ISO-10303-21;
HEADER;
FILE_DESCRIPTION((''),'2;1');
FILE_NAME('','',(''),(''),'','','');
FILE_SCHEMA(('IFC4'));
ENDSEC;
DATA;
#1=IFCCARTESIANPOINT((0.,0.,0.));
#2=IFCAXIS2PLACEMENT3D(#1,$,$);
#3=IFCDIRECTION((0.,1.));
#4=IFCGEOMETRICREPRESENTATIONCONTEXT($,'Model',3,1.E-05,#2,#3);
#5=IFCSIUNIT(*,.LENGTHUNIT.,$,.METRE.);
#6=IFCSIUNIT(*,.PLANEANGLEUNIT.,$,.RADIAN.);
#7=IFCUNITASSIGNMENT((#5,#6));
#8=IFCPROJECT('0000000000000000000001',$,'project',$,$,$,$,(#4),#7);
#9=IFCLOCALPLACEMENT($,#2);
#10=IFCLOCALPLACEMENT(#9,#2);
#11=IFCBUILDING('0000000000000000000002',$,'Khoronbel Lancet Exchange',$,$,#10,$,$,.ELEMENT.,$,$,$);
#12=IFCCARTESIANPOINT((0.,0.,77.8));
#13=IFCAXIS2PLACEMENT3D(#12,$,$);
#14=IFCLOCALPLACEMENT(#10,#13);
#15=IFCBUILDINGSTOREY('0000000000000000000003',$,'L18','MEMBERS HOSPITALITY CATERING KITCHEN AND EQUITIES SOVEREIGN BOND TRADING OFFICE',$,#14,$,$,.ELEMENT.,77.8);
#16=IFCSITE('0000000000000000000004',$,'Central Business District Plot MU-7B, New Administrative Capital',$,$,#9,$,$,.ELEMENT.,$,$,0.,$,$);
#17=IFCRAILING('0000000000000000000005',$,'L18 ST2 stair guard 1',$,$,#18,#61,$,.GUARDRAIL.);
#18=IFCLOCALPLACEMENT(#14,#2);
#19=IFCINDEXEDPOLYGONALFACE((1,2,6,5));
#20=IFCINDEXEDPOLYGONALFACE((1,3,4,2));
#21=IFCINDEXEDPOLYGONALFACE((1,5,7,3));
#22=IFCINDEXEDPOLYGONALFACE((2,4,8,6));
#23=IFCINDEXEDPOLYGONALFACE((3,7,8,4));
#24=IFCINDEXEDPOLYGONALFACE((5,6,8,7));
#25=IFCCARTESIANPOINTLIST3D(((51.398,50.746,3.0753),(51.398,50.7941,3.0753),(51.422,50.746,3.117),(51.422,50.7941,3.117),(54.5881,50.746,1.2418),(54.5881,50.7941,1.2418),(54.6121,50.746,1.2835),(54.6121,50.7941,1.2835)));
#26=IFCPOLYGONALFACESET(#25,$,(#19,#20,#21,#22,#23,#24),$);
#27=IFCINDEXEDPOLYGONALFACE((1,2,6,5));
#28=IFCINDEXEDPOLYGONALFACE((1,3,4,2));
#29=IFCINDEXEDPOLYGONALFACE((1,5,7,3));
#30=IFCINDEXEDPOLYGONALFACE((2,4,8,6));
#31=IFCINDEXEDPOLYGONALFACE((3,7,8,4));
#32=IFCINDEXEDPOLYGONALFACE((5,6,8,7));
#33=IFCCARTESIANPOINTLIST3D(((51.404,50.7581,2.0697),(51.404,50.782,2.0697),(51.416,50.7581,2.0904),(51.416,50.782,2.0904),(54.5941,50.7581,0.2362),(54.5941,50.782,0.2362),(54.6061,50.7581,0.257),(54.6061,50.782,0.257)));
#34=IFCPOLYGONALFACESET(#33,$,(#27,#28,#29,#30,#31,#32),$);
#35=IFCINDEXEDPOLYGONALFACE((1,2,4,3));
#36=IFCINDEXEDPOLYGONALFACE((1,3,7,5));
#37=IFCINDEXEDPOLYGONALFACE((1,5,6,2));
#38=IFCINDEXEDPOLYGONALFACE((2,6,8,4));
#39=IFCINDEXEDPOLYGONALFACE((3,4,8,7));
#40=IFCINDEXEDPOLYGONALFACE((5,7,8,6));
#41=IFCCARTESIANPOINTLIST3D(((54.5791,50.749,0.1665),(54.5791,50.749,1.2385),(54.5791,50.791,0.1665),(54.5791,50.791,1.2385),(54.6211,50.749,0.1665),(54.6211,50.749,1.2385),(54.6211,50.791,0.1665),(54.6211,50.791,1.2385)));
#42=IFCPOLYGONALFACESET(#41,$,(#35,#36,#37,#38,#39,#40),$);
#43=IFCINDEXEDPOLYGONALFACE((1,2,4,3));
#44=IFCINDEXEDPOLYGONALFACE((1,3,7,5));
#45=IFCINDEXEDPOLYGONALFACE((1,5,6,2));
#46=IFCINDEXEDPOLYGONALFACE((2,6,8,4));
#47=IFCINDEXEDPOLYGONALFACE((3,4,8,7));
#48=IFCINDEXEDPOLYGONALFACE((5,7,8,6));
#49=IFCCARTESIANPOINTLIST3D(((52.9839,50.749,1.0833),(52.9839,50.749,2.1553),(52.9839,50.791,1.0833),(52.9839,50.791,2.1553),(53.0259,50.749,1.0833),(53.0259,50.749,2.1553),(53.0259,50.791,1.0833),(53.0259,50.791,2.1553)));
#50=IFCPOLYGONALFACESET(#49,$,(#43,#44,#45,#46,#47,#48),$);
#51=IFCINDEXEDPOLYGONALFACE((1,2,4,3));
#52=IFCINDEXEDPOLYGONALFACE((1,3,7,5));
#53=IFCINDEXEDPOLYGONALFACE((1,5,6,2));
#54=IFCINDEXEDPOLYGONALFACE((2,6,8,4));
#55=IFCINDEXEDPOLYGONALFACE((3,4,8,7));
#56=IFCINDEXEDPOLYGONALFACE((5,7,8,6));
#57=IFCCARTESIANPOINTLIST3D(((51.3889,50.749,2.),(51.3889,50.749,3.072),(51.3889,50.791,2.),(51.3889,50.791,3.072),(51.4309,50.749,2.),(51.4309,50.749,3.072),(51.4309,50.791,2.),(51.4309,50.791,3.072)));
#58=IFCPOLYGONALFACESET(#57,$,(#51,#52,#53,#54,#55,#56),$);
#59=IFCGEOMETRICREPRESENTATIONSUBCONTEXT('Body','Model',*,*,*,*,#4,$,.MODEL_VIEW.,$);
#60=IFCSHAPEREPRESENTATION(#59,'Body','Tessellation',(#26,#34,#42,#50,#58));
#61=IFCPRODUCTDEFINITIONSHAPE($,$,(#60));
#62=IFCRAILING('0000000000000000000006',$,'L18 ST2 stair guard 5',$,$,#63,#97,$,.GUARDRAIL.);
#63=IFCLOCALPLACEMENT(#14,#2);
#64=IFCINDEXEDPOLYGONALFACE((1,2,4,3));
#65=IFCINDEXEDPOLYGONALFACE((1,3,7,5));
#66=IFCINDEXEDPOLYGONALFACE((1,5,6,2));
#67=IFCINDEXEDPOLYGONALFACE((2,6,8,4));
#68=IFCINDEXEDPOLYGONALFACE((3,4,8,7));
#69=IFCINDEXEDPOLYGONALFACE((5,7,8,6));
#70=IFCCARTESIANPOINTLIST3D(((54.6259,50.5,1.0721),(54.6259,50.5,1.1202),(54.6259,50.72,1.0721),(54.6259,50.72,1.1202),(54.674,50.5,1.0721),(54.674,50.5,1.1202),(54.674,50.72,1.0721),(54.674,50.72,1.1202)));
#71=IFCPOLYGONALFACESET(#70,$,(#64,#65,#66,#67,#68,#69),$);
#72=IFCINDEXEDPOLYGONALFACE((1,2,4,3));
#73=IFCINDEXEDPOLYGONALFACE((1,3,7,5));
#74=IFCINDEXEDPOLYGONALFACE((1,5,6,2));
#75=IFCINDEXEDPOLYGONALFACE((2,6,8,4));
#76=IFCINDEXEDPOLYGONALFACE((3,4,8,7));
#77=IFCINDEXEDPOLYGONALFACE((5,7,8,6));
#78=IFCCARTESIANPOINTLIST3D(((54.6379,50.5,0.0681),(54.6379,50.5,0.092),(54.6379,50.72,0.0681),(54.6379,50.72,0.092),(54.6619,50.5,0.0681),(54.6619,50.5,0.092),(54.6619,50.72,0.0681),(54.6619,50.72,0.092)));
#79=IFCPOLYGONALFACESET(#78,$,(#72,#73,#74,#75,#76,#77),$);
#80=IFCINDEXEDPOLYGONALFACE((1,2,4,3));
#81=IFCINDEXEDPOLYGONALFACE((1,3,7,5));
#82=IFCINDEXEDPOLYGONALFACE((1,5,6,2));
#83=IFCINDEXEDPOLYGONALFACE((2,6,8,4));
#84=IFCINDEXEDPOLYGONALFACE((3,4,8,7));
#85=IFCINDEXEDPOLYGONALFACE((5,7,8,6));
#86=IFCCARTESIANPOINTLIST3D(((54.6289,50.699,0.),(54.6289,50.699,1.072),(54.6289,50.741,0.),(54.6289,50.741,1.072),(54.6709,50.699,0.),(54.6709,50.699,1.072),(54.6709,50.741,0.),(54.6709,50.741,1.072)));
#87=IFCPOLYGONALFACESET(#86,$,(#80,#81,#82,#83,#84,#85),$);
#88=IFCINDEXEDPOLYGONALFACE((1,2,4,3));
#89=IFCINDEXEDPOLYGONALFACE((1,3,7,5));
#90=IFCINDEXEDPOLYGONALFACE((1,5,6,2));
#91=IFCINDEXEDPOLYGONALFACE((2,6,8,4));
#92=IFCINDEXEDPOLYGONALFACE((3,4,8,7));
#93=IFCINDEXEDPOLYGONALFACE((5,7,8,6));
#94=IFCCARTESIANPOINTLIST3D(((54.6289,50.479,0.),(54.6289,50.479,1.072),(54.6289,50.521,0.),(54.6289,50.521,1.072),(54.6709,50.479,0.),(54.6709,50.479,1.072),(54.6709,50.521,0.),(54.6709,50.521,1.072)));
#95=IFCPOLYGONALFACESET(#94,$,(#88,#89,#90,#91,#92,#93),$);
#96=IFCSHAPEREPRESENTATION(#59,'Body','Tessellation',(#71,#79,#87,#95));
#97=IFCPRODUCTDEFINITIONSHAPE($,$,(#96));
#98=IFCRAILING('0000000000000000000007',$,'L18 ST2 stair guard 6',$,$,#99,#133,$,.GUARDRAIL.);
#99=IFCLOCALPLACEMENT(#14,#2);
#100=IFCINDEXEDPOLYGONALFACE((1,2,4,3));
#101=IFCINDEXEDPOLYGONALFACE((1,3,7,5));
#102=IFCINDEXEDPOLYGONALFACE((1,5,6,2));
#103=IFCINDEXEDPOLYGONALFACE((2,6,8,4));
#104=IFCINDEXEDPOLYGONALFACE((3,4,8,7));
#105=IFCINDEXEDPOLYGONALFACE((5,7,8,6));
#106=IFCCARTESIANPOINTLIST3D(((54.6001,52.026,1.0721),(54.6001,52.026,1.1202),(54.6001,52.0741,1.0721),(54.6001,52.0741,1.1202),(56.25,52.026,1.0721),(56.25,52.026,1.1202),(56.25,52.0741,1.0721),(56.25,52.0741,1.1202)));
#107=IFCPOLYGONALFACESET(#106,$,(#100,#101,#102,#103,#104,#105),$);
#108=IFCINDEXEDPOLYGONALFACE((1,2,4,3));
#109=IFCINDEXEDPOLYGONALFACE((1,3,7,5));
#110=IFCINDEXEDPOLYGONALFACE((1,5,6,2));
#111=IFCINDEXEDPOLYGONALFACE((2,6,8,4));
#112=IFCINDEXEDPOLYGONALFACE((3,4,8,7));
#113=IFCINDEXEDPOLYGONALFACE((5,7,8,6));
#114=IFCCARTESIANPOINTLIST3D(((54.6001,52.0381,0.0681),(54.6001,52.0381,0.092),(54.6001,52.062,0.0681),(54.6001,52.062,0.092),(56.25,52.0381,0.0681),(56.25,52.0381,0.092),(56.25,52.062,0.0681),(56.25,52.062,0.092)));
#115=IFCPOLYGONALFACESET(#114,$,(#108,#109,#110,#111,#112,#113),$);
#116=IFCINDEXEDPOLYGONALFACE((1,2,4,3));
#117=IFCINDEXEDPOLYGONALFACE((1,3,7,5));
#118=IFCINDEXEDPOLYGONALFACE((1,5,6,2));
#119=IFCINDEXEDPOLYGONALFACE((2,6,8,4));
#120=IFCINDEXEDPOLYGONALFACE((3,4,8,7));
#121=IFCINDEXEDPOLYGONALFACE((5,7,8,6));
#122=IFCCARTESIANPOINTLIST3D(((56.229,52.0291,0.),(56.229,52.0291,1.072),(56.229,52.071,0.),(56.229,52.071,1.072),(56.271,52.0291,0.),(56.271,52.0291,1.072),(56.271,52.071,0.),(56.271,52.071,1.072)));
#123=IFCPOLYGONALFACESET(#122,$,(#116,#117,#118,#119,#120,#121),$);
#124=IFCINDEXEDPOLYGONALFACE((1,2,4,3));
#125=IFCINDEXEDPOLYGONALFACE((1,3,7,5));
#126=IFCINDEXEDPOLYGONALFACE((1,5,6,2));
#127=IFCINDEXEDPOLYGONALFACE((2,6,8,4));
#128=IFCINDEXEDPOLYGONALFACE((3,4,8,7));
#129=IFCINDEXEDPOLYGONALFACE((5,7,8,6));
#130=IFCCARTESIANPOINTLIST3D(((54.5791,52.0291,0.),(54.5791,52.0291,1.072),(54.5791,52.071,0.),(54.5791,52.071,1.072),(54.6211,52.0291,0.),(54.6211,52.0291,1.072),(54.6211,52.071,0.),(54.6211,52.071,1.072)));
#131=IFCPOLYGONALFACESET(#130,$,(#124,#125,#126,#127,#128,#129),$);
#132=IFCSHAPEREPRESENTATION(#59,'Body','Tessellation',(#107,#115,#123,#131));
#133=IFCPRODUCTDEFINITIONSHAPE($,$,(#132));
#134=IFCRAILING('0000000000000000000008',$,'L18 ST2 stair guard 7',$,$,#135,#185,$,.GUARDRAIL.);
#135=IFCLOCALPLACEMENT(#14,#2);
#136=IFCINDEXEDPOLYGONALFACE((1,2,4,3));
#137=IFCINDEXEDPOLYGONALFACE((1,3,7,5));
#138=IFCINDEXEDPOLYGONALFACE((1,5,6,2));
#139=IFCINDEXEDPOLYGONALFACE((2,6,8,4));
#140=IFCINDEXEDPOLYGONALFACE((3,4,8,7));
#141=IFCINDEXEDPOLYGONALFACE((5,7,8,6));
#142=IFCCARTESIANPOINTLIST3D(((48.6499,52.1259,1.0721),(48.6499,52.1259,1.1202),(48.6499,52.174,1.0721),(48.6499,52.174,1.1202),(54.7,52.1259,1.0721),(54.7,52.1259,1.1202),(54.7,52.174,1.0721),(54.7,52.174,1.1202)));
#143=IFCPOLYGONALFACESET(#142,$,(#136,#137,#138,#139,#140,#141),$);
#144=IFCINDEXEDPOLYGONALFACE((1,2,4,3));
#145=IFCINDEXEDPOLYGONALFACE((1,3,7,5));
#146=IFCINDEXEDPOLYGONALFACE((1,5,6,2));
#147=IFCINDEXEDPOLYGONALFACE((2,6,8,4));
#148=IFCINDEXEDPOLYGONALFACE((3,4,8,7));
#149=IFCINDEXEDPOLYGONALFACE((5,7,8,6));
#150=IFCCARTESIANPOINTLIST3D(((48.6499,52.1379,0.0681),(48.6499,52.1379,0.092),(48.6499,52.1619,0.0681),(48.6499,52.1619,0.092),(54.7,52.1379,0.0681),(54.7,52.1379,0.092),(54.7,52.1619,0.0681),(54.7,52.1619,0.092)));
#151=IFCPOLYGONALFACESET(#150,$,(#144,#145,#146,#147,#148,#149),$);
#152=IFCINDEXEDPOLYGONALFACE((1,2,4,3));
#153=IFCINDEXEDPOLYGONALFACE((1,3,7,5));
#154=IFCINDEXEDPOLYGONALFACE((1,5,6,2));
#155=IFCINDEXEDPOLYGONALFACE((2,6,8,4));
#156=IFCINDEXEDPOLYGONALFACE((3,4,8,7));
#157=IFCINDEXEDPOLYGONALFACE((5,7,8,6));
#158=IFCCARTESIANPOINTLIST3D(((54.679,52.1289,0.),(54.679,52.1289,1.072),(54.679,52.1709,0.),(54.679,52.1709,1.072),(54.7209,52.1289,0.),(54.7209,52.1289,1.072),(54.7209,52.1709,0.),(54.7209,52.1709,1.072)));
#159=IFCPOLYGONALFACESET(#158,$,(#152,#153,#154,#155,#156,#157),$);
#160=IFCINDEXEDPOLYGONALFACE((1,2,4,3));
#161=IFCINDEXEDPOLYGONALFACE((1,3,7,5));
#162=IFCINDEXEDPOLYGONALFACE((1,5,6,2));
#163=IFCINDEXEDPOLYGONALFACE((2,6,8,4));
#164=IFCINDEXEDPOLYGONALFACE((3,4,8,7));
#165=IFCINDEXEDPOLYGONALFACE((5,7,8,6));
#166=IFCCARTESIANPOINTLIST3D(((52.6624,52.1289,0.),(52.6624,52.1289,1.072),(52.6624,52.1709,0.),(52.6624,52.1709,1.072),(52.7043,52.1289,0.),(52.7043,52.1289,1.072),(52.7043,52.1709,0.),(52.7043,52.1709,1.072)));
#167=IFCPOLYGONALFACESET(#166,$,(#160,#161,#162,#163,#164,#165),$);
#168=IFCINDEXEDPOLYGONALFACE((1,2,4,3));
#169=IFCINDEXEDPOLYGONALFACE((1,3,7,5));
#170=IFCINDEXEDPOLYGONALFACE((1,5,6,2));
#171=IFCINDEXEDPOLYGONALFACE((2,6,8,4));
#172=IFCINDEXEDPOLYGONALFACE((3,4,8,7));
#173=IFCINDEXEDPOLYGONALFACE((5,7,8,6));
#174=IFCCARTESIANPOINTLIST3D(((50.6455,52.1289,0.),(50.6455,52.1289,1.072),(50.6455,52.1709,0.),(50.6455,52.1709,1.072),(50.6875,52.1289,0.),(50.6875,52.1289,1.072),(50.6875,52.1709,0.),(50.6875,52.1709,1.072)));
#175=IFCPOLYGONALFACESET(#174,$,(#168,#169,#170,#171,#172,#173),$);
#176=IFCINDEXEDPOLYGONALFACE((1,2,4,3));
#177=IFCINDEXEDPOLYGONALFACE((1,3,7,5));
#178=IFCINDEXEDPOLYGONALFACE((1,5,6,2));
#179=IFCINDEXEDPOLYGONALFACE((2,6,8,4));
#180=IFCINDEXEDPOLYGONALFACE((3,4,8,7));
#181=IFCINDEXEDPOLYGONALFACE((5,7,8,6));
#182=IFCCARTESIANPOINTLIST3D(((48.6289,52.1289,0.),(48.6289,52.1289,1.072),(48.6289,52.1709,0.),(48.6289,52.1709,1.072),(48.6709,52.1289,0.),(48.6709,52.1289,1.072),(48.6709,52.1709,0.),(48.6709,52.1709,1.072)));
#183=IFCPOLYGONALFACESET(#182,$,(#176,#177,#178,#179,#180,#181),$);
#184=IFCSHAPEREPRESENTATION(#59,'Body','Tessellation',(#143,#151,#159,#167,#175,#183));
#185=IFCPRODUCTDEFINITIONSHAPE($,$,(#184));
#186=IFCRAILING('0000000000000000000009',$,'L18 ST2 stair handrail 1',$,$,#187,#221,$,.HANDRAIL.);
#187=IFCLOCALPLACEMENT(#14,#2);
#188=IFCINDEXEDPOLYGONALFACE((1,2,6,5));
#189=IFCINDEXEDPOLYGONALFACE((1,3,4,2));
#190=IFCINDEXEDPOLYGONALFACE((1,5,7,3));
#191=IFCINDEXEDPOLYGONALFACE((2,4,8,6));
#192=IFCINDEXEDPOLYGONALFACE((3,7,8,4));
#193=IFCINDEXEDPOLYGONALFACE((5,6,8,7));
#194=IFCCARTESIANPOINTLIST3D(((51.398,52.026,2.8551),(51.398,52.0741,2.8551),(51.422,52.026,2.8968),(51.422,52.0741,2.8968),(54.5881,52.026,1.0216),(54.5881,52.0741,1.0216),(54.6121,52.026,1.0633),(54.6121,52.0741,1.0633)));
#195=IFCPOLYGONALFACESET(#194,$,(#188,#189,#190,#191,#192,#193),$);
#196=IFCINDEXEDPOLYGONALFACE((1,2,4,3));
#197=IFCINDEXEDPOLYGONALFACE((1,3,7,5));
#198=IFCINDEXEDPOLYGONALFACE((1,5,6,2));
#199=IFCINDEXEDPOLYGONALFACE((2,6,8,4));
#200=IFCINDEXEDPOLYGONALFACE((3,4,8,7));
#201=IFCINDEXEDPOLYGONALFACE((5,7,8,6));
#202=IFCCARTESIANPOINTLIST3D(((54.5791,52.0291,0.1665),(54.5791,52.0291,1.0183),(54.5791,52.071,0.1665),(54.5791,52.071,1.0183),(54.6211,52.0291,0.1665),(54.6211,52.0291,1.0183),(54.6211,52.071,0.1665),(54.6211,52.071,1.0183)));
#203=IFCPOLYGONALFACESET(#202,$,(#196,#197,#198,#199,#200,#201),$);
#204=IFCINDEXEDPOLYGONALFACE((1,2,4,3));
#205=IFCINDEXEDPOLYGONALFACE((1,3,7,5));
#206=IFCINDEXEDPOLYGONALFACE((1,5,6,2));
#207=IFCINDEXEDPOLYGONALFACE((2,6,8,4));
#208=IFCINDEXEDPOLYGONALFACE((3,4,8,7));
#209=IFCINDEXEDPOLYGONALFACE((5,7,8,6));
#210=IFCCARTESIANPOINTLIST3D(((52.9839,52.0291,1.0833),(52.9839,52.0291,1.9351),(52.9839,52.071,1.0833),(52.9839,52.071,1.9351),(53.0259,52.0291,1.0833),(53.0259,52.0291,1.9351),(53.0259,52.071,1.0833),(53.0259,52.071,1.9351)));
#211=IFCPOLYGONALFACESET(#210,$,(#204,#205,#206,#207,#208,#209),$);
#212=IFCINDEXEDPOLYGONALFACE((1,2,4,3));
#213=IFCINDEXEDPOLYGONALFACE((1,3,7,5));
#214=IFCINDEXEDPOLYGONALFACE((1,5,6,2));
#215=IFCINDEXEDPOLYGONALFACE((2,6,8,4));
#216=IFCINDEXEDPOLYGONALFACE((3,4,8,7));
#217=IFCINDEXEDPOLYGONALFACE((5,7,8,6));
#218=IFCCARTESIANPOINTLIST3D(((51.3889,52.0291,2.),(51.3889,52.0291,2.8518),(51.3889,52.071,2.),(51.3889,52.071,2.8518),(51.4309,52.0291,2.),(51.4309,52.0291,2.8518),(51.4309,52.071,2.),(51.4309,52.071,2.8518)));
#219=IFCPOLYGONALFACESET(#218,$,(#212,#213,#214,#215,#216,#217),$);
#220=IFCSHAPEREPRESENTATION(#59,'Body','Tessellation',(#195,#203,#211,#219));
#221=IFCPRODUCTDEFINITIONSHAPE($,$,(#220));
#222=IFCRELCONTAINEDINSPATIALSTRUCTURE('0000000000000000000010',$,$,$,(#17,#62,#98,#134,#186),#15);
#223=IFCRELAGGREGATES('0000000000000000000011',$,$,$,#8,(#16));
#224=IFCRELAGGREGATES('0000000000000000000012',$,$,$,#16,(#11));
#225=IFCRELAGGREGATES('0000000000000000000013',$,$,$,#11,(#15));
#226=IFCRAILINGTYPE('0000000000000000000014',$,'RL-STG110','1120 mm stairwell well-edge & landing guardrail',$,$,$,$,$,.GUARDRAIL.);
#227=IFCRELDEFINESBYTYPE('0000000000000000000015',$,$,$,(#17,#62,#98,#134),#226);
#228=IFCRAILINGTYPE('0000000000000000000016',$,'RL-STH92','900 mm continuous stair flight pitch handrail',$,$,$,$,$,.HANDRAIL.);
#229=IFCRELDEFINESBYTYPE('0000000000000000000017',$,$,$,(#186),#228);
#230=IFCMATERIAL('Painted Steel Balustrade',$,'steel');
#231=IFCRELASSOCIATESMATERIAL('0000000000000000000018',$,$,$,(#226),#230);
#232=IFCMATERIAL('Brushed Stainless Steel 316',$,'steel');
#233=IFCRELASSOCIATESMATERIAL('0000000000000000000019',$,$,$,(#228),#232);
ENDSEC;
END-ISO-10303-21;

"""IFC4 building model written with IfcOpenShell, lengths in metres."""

from ifc_helpers import new_model, si_unit, direction, frame, origin, origin_2d, place, context, subcontext, project, spatial, rectangle, extrude, material, type_object, element, save


model = new_model("IFC4")

# Units and contexts
model_context = context("Model", 3, precision=1e-05, world=origin(), true_north=direction((0.0, 1.0)))
body_context = subcontext(model_context, "Body", "Model", "MODEL_VIEW")
ifc_project = project(units=[si_unit("LENGTHUNIT", "METRE"), si_unit("PLANEANGLEUNIT", "RADIAN")], contexts=[model_context])

# Site, building, storey
site_placement = place(None, origin())
site = spatial("IfcSite", under=ifc_project, at=site_placement, Name="Central Business District Plot MU-7B, New Administrative Capital", CompositionType="ELEMENT", RefElevation=0.0)
building_placement = place(site_placement, origin())
building = spatial("IfcBuilding", under=site, at=building_placement, Name="Khoronbel Lancet Exchange", CompositionType="ELEMENT")
storey_placement = place(building_placement, frame((0.0, 0.0, 77.8)))
storey = spatial("IfcBuildingStorey", under=building, at=storey_placement, Name="L18", Description="MEMBERS HOSPITALITY CATERING KITCHEN AND EQUITIES SOVEREIGN BOND TRADING OFFICE", CompositionType="ELEMENT", Elevation=77.8)

# Railings
ifc_material_1 = material(Name="Painted Steel Balustrade", Category="steel")
railing_type_1 = type_object("IfcRailingType", Name="RL-STG110", Description="1120 mm stairwell well-edge & landing guardrail", PredefinedType="GUARDRAIL", material=ifc_material_1)
railing_1_placement = place(storey_placement, frame((54.6001, 50.77, 0.1665)))
element("IfcRailing", 1, at=railing_1_placement, inside=storey, type_object=railing_type_1, Name="L18 ST2 stair guard 1", PredefinedType="GUARDRAIL", context=body_context, shape_type="SweptSolid", body=[
    extrude(rectangle(XDim=0.0481, YDim=0.0481, at=origin_2d()), frame((0.0, 0.0, 1.0962), z_axis=(-0.867007, 0.0, 0.498295), x_axis=(0.0, -1.0, 0.0)), (0.0, 0.0, 1.0), 3.6794),
    extrude(rectangle(XDim=0.0239, YDim=0.0239, at=origin_2d()), frame((0.0, 0.0, 0.0801), z_axis=(-0.867007, 0.0, 0.498295), x_axis=(0.0, -1.0, 0.0)), (0.0, 0.0, 1.0), 3.6794),
    extrude(rectangle(XDim=0.042, YDim=0.042, at=origin_2d()), origin(), (0.0, 0.0, 1.0), 1.072),
    extrude(rectangle(XDim=0.042, YDim=0.042, at=origin_2d()), frame((-1.5952, 0.0, 0.9167)), (0.0, 0.0, 1.0), 1.072),
    extrude(rectangle(XDim=0.042, YDim=0.042, at=origin_2d()), frame((-3.1902, 0.0, 1.8335)), (0.0, 0.0, 1.0), 1.072),
])
railing_2_placement = place(storey_placement, frame((54.6499, 50.72, 0.0)))
element("IfcRailing", 2, at=railing_2_placement, inside=storey, type_object=railing_type_1, Name="L18 ST2 stair guard 5", PredefinedType="GUARDRAIL", context=body_context, shape_type="SweptSolid", body=[
    extrude(rectangle(XDim=0.0481, YDim=0.0481, at=origin_2d()), frame((0.0, 0.0, 1.0962), z_axis=(0.0, -1.0, 0.0), x_axis=(1.0, 0.0, 0.0)), (0.0, 0.0, 1.0), 0.22),
    extrude(rectangle(XDim=0.0239, YDim=0.0239, at=origin_2d()), frame((0.0, 0.0, 0.0801), z_axis=(0.0, -1.0, 0.0), x_axis=(1.0, 0.0, 0.0)), (0.0, 0.0, 1.0), 0.22),
    extrude(rectangle(XDim=0.042, YDim=0.042, at=origin_2d()), origin(), (0.0, 0.0, 1.0), 1.072),
    extrude(rectangle(XDim=0.042, YDim=0.042, at=origin_2d()), frame((0.0, -0.22, 0.0)), (0.0, 0.0, 1.0), 1.072),
])
railing_3_placement = place(storey_placement, frame((56.25, 52.05, 0.0)))
element("IfcRailing", 3, at=railing_3_placement, inside=storey, type_object=railing_type_1, Name="L18 ST2 stair guard 6", PredefinedType="GUARDRAIL", context=body_context, shape_type="SweptSolid", body=[
    extrude(rectangle(XDim=0.0481, YDim=0.0481, at=origin_2d()), frame((0.0, 0.0, 1.0962), z_axis=(-1.0, 0.0, 0.0), x_axis=(0.0, -1.0, 0.0)), (0.0, 0.0, 1.0), 1.6499),
    extrude(rectangle(XDim=0.0239, YDim=0.0239, at=origin_2d()), frame((0.0, 0.0, 0.0801), z_axis=(-1.0, 0.0, 0.0), x_axis=(0.0, -1.0, 0.0)), (0.0, 0.0, 1.0), 1.6499),
    extrude(rectangle(XDim=0.042, YDim=0.042, at=origin_2d()), origin(), (0.0, 0.0, 1.0), 1.072),
    extrude(rectangle(XDim=0.042, YDim=0.042, at=origin_2d()), frame((-1.6499, 0.0, 0.0)), (0.0, 0.0, 1.0), 1.072),
])
railing_4_placement = place(storey_placement, frame((54.7, 52.1499, 0.0)))
element("IfcRailing", 4, at=railing_4_placement, inside=storey, type_object=railing_type_1, Name="L18 ST2 stair guard 7", PredefinedType="GUARDRAIL", context=body_context, shape_type="SweptSolid", body=[
    extrude(rectangle(XDim=0.0481, YDim=0.0481, at=origin_2d()), frame((0.0, 0.0, 1.0962), z_axis=(-1.0, 0.0, 0.0), x_axis=(0.0, -1.0, 0.0)), (0.0, 0.0, 1.0), 6.05),
    extrude(rectangle(XDim=0.0239, YDim=0.0239, at=origin_2d()), frame((0.0, 0.0, 0.0801), z_axis=(-1.0, 0.0, 0.0), x_axis=(0.0, -1.0, 0.0)), (0.0, 0.0, 1.0), 6.05),
    extrude(rectangle(XDim=0.042, YDim=0.042, at=origin_2d()), origin(), (0.0, 0.0, 1.0), 1.072),
    extrude(rectangle(XDim=0.042, YDim=0.042, at=origin_2d()), frame((-2.0166, 0.0, 0.0)), (0.0, 0.0, 1.0), 1.072),
    extrude(rectangle(XDim=0.042, YDim=0.042, at=origin_2d()), frame((-4.0334, 0.0, 0.0)), (0.0, 0.0, 1.0), 1.072),
    extrude(rectangle(XDim=0.042, YDim=0.042, at=origin_2d()), frame((-6.05, 0.0, 0.0)), (0.0, 0.0, 1.0), 1.072),
])
ifc_material_2 = material(Name="Brushed Stainless Steel 316", Category="steel")
railing_type_2 = type_object("IfcRailingType", Name="RL-STH92", Description="900 mm continuous stair flight pitch handrail", PredefinedType="HANDRAIL", material=ifc_material_2)
railing_5_placement = place(storey_placement, frame((54.6001, 52.05, 0.1665)))
element("IfcRailing", 5, at=railing_5_placement, inside=storey, type_object=railing_type_2, Name="L18 ST2 stair handrail 1", PredefinedType="HANDRAIL", context=body_context, shape_type="SweptSolid", body=[
    extrude(rectangle(XDim=0.0481, YDim=0.0481, at=origin_2d()), frame((0.0, 0.0, 0.876), z_axis=(-0.867007, 0.0, 0.498295), x_axis=(0.0, -1.0, 0.0)), (0.0, 0.0, 1.0), 3.6794),
    extrude(rectangle(XDim=0.042, YDim=0.042, at=origin_2d()), origin(), (0.0, 0.0, 1.0), 0.8518),
    extrude(rectangle(XDim=0.042, YDim=0.042, at=origin_2d()), frame((-1.5952, 0.0, 0.9167)), (0.0, 0.0, 1.0), 0.8518),
    extrude(rectangle(XDim=0.042, YDim=0.042, at=origin_2d()), frame((-3.1902, 0.0, 1.8335)), (0.0, 0.0, 1.0), 0.8518),
])

save(model, "model.ifc")
